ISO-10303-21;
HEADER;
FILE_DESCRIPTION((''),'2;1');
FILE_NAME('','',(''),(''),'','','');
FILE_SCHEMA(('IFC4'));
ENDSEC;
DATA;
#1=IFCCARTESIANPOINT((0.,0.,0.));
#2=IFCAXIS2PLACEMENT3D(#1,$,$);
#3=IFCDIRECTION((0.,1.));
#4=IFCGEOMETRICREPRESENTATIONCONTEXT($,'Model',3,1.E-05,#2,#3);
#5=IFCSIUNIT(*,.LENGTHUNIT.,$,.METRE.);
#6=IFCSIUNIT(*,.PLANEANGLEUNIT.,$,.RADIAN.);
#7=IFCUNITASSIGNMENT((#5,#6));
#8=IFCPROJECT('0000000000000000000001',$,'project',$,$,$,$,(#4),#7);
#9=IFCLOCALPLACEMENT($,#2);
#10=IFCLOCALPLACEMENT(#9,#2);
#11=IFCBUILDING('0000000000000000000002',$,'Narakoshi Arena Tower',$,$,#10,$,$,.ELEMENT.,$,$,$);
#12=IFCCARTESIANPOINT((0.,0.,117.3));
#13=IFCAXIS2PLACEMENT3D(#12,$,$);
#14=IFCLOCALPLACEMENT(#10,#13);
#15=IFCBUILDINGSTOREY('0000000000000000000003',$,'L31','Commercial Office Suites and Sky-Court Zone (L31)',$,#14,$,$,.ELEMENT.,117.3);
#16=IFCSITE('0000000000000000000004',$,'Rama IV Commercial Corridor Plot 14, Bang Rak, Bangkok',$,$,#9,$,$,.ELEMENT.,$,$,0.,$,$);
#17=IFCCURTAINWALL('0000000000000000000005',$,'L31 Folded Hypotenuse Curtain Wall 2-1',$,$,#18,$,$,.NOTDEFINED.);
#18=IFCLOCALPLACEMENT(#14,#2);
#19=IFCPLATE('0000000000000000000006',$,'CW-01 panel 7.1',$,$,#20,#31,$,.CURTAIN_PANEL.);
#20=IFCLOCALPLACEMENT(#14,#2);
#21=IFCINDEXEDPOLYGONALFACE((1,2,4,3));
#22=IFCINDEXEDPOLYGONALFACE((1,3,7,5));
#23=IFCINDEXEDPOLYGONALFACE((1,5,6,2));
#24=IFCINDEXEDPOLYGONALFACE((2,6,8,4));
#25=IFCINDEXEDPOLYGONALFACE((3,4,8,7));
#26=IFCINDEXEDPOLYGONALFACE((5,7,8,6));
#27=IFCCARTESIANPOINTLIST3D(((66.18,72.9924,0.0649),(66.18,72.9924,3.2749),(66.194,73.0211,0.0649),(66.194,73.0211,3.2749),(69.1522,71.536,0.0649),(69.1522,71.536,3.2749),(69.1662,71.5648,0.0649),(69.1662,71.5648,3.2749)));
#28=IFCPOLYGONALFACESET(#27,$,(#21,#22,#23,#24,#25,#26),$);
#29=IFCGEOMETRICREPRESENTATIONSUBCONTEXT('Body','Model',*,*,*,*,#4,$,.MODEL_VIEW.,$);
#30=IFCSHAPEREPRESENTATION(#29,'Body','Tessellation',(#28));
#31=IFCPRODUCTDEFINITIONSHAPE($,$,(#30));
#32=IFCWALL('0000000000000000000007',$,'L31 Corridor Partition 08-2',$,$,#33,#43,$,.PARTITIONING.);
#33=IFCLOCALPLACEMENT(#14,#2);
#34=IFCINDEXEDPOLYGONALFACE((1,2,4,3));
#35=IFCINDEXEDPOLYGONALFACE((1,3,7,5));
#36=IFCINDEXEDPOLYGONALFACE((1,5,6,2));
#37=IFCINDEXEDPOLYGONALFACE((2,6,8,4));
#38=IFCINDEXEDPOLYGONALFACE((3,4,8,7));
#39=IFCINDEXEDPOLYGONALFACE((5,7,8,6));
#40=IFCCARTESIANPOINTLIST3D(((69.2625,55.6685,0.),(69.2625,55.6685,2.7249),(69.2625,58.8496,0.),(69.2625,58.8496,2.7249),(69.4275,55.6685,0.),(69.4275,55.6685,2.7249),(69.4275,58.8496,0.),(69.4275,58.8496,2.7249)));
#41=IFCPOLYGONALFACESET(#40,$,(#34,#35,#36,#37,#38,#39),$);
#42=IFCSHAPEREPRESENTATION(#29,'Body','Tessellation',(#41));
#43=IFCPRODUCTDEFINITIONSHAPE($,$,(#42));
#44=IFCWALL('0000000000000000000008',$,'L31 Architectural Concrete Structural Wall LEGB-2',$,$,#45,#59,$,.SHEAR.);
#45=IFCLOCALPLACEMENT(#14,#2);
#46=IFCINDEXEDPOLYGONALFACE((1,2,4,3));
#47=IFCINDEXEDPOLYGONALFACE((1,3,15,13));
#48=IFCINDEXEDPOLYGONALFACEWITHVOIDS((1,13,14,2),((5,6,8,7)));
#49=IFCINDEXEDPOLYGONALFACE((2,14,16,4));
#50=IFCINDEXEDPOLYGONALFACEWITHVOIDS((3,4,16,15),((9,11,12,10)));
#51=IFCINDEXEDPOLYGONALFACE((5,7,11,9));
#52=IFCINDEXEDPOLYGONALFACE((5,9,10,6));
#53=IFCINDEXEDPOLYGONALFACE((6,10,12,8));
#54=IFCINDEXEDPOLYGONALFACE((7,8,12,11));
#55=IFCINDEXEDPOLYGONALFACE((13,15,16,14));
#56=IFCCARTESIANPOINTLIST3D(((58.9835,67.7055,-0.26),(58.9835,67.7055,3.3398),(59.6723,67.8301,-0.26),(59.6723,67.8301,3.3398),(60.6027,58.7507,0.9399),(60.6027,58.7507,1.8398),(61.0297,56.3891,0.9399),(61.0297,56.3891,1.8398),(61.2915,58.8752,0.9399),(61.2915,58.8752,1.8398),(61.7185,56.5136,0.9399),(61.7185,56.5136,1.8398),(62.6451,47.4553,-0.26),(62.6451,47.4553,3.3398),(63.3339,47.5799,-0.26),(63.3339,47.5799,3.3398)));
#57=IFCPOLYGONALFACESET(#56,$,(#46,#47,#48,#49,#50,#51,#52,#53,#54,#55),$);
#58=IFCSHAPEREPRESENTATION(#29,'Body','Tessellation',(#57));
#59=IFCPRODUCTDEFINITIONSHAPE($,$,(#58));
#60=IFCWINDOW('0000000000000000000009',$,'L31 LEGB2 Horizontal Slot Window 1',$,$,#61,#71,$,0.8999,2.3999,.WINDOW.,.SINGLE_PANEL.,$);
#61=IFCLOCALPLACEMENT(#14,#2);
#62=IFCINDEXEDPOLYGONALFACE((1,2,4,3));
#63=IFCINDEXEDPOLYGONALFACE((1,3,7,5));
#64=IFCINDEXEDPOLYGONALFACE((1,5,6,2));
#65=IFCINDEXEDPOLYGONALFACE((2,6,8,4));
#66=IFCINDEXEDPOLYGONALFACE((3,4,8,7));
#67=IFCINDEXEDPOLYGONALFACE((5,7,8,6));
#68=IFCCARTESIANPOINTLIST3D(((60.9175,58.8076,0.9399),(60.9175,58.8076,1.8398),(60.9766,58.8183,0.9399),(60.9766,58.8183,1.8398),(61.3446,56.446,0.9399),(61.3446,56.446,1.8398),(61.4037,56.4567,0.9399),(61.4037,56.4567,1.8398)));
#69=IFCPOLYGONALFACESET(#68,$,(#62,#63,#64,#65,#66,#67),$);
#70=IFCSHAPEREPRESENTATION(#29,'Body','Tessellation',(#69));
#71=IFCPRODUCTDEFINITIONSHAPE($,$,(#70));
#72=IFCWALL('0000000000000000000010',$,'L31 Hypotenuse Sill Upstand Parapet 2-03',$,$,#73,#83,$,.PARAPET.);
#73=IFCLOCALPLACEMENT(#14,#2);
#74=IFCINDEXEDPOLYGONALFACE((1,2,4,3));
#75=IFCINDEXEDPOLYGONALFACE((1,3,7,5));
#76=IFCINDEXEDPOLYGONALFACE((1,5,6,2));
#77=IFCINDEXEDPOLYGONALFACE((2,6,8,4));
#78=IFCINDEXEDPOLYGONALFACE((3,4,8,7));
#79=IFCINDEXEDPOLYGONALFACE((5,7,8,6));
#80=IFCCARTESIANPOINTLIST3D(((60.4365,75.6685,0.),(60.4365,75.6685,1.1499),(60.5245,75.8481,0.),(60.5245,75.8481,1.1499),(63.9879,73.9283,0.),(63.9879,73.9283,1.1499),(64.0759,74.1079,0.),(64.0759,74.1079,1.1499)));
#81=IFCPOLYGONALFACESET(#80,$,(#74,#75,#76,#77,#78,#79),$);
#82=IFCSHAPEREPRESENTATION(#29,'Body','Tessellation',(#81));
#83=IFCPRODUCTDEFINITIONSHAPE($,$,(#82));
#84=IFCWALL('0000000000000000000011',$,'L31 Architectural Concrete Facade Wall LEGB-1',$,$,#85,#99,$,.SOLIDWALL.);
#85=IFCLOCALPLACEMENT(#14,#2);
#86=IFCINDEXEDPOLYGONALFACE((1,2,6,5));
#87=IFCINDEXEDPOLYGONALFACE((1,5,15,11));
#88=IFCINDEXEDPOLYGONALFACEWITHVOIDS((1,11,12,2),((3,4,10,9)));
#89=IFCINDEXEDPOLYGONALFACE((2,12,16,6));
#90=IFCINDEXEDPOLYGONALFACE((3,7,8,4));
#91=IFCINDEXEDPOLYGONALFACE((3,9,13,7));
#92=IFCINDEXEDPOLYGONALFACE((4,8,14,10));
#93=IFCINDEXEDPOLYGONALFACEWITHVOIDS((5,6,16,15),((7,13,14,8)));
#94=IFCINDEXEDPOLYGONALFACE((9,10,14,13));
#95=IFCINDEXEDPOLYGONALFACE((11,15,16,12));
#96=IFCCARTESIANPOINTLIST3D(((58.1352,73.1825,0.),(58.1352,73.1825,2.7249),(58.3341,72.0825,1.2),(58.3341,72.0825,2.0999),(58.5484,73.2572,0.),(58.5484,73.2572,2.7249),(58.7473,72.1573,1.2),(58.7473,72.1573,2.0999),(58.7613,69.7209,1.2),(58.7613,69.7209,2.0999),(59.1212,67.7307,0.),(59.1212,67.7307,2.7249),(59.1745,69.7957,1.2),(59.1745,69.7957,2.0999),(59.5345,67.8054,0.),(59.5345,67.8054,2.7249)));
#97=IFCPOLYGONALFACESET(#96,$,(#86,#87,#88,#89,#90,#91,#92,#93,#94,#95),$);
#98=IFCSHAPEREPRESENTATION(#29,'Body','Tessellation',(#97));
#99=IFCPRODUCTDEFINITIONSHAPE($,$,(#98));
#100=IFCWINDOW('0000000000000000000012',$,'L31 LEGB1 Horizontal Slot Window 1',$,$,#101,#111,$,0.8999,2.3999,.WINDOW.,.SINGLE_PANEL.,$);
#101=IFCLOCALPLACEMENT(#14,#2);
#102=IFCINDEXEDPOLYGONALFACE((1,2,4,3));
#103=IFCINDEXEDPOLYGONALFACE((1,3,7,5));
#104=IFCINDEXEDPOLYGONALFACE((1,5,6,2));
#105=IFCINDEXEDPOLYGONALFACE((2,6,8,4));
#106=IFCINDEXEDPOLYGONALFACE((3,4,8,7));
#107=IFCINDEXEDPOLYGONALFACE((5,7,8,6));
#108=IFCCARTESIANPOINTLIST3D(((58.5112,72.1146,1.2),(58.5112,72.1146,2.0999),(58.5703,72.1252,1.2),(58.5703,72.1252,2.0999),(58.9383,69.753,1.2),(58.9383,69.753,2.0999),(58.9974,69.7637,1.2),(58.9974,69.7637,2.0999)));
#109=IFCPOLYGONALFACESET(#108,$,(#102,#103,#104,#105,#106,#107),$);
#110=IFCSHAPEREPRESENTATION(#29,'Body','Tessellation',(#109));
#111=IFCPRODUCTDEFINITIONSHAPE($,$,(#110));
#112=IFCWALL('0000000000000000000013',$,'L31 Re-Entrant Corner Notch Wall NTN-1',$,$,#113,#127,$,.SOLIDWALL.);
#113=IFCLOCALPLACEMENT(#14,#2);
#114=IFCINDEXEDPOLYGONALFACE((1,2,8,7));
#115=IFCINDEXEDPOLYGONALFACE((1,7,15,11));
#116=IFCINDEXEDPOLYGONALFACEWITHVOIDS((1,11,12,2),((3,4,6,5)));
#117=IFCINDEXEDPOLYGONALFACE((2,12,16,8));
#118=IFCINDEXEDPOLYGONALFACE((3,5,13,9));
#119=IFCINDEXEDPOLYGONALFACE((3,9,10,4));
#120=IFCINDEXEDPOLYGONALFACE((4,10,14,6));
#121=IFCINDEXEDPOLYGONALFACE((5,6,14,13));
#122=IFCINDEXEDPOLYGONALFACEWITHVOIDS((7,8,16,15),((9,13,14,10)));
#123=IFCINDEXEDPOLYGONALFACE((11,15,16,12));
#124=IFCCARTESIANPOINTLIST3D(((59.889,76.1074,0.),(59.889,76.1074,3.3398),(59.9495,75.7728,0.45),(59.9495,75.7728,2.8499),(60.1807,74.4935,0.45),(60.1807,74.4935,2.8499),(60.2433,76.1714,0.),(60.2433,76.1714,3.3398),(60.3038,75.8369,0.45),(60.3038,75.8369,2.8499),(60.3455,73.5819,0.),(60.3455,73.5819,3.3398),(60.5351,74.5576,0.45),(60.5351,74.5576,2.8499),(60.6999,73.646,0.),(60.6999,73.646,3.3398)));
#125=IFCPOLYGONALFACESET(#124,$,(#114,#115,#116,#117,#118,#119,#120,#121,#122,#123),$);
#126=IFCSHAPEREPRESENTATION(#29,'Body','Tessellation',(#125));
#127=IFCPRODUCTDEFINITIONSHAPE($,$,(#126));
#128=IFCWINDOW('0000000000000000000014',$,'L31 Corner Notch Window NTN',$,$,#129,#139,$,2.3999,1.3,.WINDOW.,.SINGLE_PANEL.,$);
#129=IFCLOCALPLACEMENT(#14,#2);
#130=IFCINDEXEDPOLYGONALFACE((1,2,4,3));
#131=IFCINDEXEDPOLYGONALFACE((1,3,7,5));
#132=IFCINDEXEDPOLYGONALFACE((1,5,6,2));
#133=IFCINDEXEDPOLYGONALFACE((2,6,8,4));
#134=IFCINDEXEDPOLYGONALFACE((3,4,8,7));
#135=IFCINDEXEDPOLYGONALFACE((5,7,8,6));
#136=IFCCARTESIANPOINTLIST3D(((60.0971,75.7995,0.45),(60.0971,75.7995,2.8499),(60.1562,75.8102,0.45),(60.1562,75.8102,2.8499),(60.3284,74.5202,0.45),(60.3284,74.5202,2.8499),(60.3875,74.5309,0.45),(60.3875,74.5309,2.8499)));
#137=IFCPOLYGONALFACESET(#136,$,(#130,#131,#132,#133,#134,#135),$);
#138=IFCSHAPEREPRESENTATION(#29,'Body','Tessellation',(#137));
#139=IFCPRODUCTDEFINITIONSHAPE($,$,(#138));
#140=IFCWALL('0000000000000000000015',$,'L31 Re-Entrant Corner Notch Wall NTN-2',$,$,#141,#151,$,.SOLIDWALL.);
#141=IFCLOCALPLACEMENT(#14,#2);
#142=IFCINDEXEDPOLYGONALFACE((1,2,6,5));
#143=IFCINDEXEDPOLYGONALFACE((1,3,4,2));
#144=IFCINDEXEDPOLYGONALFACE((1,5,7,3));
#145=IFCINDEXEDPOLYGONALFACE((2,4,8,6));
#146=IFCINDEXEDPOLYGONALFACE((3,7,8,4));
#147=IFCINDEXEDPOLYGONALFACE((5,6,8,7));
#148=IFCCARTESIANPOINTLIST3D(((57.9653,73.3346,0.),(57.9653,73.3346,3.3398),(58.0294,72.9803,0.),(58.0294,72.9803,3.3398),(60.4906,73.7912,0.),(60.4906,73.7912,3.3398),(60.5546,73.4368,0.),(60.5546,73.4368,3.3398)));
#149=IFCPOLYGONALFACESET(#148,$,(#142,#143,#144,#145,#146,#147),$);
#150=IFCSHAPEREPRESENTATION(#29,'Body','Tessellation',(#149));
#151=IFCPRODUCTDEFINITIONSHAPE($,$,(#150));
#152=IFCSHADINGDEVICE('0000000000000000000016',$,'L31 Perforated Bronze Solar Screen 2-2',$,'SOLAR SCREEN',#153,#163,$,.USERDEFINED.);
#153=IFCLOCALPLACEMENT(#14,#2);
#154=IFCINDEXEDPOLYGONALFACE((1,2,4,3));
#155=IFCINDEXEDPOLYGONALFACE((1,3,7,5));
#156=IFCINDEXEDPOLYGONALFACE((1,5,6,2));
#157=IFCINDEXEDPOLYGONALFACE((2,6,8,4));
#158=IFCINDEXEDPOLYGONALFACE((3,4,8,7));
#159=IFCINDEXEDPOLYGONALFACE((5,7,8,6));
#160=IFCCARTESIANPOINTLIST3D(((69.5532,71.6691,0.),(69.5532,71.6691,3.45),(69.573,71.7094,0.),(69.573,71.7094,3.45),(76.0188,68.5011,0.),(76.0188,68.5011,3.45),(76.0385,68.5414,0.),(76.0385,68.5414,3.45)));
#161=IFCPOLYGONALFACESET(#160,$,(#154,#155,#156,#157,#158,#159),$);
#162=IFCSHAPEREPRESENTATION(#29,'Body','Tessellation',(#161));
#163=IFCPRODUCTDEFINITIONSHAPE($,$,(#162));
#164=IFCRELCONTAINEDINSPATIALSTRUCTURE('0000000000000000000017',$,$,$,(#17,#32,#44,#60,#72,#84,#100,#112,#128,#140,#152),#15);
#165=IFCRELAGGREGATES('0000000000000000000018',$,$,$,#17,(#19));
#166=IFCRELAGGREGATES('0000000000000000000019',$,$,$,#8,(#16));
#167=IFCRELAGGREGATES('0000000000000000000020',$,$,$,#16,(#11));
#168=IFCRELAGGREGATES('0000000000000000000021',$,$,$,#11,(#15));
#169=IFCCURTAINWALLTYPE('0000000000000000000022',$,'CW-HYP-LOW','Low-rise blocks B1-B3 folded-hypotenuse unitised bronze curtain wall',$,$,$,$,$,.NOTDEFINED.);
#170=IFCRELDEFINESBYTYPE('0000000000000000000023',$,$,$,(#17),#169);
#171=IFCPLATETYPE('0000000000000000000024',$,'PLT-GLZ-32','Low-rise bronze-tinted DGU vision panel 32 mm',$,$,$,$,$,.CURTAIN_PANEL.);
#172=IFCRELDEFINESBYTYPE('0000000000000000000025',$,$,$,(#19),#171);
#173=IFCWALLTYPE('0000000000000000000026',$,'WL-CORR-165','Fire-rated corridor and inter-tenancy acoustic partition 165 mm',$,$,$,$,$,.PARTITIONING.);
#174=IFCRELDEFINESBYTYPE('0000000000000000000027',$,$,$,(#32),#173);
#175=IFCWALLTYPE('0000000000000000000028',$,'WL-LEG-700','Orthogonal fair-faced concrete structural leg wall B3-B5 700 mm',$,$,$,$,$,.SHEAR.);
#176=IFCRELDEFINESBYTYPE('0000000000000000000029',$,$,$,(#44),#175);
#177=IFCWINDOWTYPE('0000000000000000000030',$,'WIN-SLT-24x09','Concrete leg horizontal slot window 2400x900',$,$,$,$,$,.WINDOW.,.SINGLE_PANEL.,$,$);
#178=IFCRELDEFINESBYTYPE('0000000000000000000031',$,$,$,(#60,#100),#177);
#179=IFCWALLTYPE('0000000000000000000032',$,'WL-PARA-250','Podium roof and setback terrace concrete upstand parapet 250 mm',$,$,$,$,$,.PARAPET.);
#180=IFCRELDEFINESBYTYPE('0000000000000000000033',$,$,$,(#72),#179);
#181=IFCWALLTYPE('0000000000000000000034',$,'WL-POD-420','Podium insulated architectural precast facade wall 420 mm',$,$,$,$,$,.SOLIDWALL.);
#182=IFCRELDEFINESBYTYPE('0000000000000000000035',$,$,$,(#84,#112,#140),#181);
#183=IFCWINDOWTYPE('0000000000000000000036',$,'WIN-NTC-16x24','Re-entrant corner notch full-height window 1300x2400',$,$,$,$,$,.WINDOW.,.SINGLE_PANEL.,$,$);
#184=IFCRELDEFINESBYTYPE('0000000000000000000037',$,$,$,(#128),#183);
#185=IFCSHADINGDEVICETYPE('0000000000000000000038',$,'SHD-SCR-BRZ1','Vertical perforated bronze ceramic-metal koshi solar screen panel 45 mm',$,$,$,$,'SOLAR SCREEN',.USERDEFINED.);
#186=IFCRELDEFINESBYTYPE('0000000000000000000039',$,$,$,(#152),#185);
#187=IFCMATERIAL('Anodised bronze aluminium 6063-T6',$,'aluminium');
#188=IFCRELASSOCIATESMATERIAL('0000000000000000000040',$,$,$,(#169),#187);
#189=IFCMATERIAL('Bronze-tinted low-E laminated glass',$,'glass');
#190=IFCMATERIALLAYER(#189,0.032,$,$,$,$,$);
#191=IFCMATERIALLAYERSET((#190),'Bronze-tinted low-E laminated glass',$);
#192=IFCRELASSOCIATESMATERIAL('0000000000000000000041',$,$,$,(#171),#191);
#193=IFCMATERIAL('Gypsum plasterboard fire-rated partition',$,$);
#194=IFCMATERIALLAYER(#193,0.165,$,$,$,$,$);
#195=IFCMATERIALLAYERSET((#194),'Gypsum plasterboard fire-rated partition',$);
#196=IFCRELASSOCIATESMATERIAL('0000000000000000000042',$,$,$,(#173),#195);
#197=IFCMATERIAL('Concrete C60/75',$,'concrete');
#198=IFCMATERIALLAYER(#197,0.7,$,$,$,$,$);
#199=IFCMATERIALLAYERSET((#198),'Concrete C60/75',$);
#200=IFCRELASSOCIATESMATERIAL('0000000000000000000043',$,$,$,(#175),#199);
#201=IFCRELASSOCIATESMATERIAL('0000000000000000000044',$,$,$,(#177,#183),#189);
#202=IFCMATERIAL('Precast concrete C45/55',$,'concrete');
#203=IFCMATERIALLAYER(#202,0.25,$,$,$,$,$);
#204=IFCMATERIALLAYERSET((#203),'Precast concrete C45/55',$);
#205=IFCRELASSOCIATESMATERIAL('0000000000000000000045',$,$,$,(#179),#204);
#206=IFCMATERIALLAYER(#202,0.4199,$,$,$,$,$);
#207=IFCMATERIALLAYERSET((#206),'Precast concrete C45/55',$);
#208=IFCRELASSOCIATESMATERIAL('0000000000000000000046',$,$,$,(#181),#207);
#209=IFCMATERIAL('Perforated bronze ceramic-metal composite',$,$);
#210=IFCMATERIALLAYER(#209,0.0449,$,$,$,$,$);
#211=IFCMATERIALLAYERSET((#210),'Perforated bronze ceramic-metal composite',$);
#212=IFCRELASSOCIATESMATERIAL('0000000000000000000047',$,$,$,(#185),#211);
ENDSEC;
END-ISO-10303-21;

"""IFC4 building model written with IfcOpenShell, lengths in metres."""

from ifc_helpers import new_model, si_unit, direction, frame, frame_2d, origin, origin_2d, place, context, subcontext, project, spatial, rectangle, extrude, material, layer, layer_set, type_object, element, fill, aggregate, save


model = new_model("IFC4")

# Units and contexts
model_context = context("Model", 3, precision=1e-05, world=origin(), true_north=direction((0.0, 1.0)))
body_context = subcontext(model_context, "Body", "Model", "MODEL_VIEW")
ifc_project = project(units=[si_unit("LENGTHUNIT", "METRE"), si_unit("PLANEANGLEUNIT", "RADIAN")], contexts=[model_context])

# Site, building, storey
site_placement = place(None, origin())
site = spatial("IfcSite", under=ifc_project, at=site_placement, Name="Rama IV Commercial Corridor Plot 14, Bang Rak, Bangkok", CompositionType="ELEMENT", RefElevation=0.0)
building_placement = place(site_placement, origin())
building = spatial("IfcBuilding", under=site, at=building_placement, Name="Narakoshi Arena Tower", CompositionType="ELEMENT")
storey_placement = place(building_placement, frame((0.0, 0.0, 117.3)))
storey = spatial("IfcBuildingStorey", under=building, at=storey_placement, Name="L31", Description="Commercial Office Suites and Sky-Court Zone (L31)", CompositionType="ELEMENT", Elevation=117.3)

# Shared definitions
ifc_material_1 = material(Name="Concrete C60/75", Category="concrete")

# Curtain wall, plate
ifc_material_2 = material(Name="Anodised bronze aluminium 6063-T6", Category="aluminium")
curtain_wall_type = type_object("IfcCurtainWallType", Name="CW-HYP-LOW", Description="Low-rise blocks B1-B3 folded-hypotenuse unitised bronze curtain wall", PredefinedType="NOTDEFINED", material=ifc_material_2)
curtain_wall_placement = place(storey_placement, origin())
curtain_wall = element("IfcCurtainWall", 1, at=curtain_wall_placement, inside=storey, type_object=curtain_wall_type, Name="L31 Folded Hypotenuse Curtain Wall 2-1", PredefinedType="NOTDEFINED")
ifc_material_3 = material(Name="Bronze-tinted low-E laminated glass", Category="glass")
ifc_layer_1 = layer(ifc_material_3, 0.032)
ifc_layer_set_1 = layer_set([ifc_layer_1], Name="Bronze-tinted low-E laminated glass")
plate_type = type_object("IfcPlateType", Name="PLT-GLZ-32", Description="Low-rise bronze-tinted DGU vision panel 32 mm", PredefinedType="CURTAIN_PANEL", material=ifc_layer_set_1)
plate_1_placement = place(storey_placement, frame((67.6731, 72.2786, 0.0649), z_axis=(0.0, 0.0, 1.0), x_axis=(-0.897996, 0.440005, 0.0)))
plate_1 = element("IfcPlate", 2, at=plate_1_placement, type_object=plate_type, Name="CW-01 panel 7.1", PredefinedType="CURTAIN_PANEL", context=body_context, shape_type="SweptSolid", body=[
    extrude(rectangle(XDim=3.3098, YDim=0.032, at=origin_2d()), origin(), (0.0, 0.0, 1.0), 3.21),
])
aggregate(curtain_wall, [plate_1])

# Wall
ifc_material_4 = material(Name="Gypsum plasterboard fire-rated partition")
ifc_layer_2 = layer(ifc_material_4, 0.165)
ifc_layer_set_2 = layer_set([ifc_layer_2], Name="Gypsum plasterboard fire-rated partition")
wall_type_1 = type_object("IfcWallType", Name="WL-CORR-165", Description="Fire-rated corridor and inter-tenancy acoustic partition 165 mm", PredefinedType="PARTITIONING", material=ifc_layer_set_2)
wall_1_placement = place(storey_placement, frame((69.345, 58.8496, 0.0), z_axis=(0.0, 0.0, 1.0), x_axis=(0.0, -1.0, 0.0)))
element("IfcWall", 3, at=wall_1_placement, inside=storey, type_object=wall_type_1, Name="L31 Corridor Partition 08-2", PredefinedType="PARTITIONING", context=body_context, shape_type="SweptSolid", body=[
    extrude(rectangle(XDim=3.1812, YDim=0.165, at=frame_2d((1.5906, 0.0))), origin(), (0.0, 0.0, 1.0), 2.7249),
])

# Wall, opening, window
ifc_layer_3 = layer(ifc_material_1, 0.7)
ifc_layer_set_3 = layer_set([ifc_layer_3], Name="Concrete C60/75")
wall_type_2 = type_object("IfcWallType", Name="WL-LEG-700", Description="Orthogonal fair-faced concrete structural leg wall B3-B5 700 mm", PredefinedType="SHEAR", material=ifc_layer_set_3)
wall_2_placement = place(storey_placement, frame((59.3279, 67.7678, -0.26), z_axis=(0.0, 0.0, 1.0), x_axis=(0.177933, -0.984043, 0.0)))
wall_2 = element("IfcWall", 4, at=wall_2_placement, inside=storey, type_object=wall_type_2, Name="L31 Architectural Concrete Structural Wall LEGB-2", PredefinedType="SHEAR", context=body_context, shape_type="SweptSolid", body=[
    extrude(rectangle(XDim=20.5786, YDim=0.7, at=frame_2d((10.2893, 0.0))), origin(), (0.0, 0.0, 1.0), 3.5999),
])
opening_1_placement = place(wall_2_placement, frame((9.1001, 0.0, 1.2)))
opening_1 = element("IfcOpeningElement", 5, at=opening_1_placement, cuts=wall_2, PredefinedType="OPENING", context=body_context, shape_type="SweptSolid", body=[
    extrude(rectangle(XDim=2.3999, YDim=0.8999, at=frame_2d((1.2, 0.45))), frame((0.0, 0.3599, 0.0), z_axis=(0.0, -1.0, 0.0), x_axis=(1.0, 0.0, 0.0)), (0.0, 0.0, 1.0), 0.72),
])
window_type_1 = type_object("IfcWindowType", Name="WIN-SLT-24x09", Description="Concrete leg horizontal slot window 2400x900", PartitioningType="SINGLE_PANEL", PredefinedType="WINDOW", material=ifc_material_3)
window_1_placement = place(opening_1_placement, origin())
window_1 = element("IfcWindow", 6, at=window_1_placement, inside=storey, type_object=window_type_1, Name="L31 LEGB2 Horizontal Slot Window 1", OverallHeight=0.8999, OverallWidth=2.3999, PartitioningType="SINGLE_PANEL", PredefinedType="WINDOW", context=body_context, shape_type="SweptSolid", body=[
    extrude(rectangle(XDim=2.3999, YDim=0.8999, at=frame_2d((1.2, 0.45))), frame((0.0, 0.03, 0.0), z_axis=(0.0, -1.0, 0.0), x_axis=(1.0, 0.0, 0.0)), (0.0, 0.0, 1.0), 0.0601),
])
fill(opening_1, window_1)

# Wall
ifc_material_5 = material(Name="Precast concrete C45/55", Category="concrete")
ifc_layer_4 = layer(ifc_material_5, 0.25)
ifc_layer_set_4 = layer_set([ifc_layer_4], Name="Precast concrete C45/55")
wall_type_3 = type_object("IfcWallType", Name="WL-PARA-250", Description="Podium roof and setback terrace concrete upstand parapet 250 mm", PredefinedType="PARAPET", material=ifc_layer_set_4)
wall_3_placement = place(storey_placement, frame((64.032, 74.0181, 0.0), z_axis=(0.0, 0.0, 1.0), x_axis=(-0.897991, 0.440014, 0.0)))
element("IfcWall", 7, at=wall_3_placement, inside=storey, type_object=wall_type_3, Name="L31 Hypotenuse Sill Upstand Parapet 2-03", PredefinedType="PARAPET", context=body_context, shape_type="SweptSolid", body=[
    extrude(rectangle(XDim=3.9548, YDim=0.2, at=frame_2d((1.9775, 0.0))), origin(), (0.0, 0.0, 1.0), 1.1499),
])

# Walls, openings, windows
ifc_layer_5 = layer(ifc_material_5, 0.4199)
ifc_layer_set_5 = layer_set([ifc_layer_5], Name="Precast concrete C45/55")
wall_type_4 = type_object("IfcWallType", Name="WL-POD-420", Description="Podium insulated architectural precast facade wall 420 mm", PredefinedType="SOLIDWALL", material=ifc_layer_set_5)
wall_4_placement = place(storey_placement, frame((58.3418, 73.2197, 0.0), z_axis=(0.0, 0.0, 1.0), x_axis=(0.177982, -0.984034, 0.0)))
wall_4 = element("IfcWall", 8, at=wall_4_placement, inside=storey, type_object=wall_type_4, Name="L31 Architectural Concrete Facade Wall LEGB-1", PredefinedType="SOLIDWALL", context=body_context, shape_type="SweptSolid", body=[
    extrude(rectangle(XDim=5.5403, YDim=0.4199, at=frame_2d((2.77, 0.0))), origin(), (0.0, 0.0, 1.0), 2.7249),
])
opening_2_placement = place(wall_4_placement, frame((1.1177, 0.0, 1.2)))
opening_2 = element("IfcOpeningElement", 9, at=opening_2_placement, cuts=wall_4, PredefinedType="OPENING", context=body_context, shape_type="SweptSolid", body=[
    extrude(rectangle(XDim=2.3999, YDim=0.8999, at=frame_2d((1.2, 0.45))), frame((0.0, 0.22, 0.0), z_axis=(0.0, -1.0, 0.0), x_axis=(1.0, 0.0, 0.0)), (0.0, 0.0, 1.0), 0.4399),
])
window_2_placement = place(opening_2_placement, origin())
window_2 = element("IfcWindow", 10, at=window_2_placement, inside=storey, type_object=window_type_1, Name="L31 LEGB1 Horizontal Slot Window 1", OverallHeight=0.8999, OverallWidth=2.3999, PartitioningType="SINGLE_PANEL", PredefinedType="WINDOW", context=body_context, shape_type="SweptSolid", body=[
    extrude(rectangle(XDim=2.3999, YDim=0.8999, at=frame_2d((1.2, 0.45))), frame((0.0, 0.03, 0.0), z_axis=(0.0, -1.0, 0.0), x_axis=(1.0, 0.0, 0.0)), (0.0, 0.0, 1.0), 0.0601),
])
fill(opening_2, window_2)
wall_5_placement = place(storey_placement, frame((60.0662, 76.1394, 0.0), z_axis=(0.0, 0.0, 1.0), x_axis=(0.177897, -0.984049, 0.0)))
wall_5 = element("IfcWall", 11, at=wall_5_placement, inside=storey, type_object=wall_type_4, Name="L31 Re-Entrant Corner Notch Wall NTN-1", PredefinedType="SOLIDWALL", context=body_context, shape_type="SweptSolid", body=[
    extrude(rectangle(XDim=2.5664, YDim=0.3601, at=frame_2d((1.2832, 0.0))), origin(), (0.0, 0.0, 1.0), 3.3398),
])
opening_3_placement = place(wall_5_placement, frame((0.3401, 0.0, 0.45)))
opening_3 = element("IfcOpeningElement", 12, at=opening_3_placement, cuts=wall_5, PredefinedType="OPENING", context=body_context, shape_type="SweptSolid", body=[
    extrude(rectangle(XDim=1.3, YDim=2.3999, at=frame_2d((0.6499, 1.2))), frame((0.0, 0.1899, 0.0), z_axis=(0.0, -1.0, 0.0), x_axis=(1.0, 0.0, 0.0)), (0.0, 0.0, 1.0), 0.3801),
])
window_type_2 = type_object("IfcWindowType", Name="WIN-NTC-16x24", Description="Re-entrant corner notch full-height window 1300x2400", PartitioningType="SINGLE_PANEL", PredefinedType="WINDOW", material=ifc_material_3)
window_3_placement = place(opening_3_placement, origin())
window_3 = element("IfcWindow", 13, at=window_3_placement, inside=storey, type_object=window_type_2, Name="L31 Corner Notch Window NTN", OverallHeight=2.3999, OverallWidth=1.3, PartitioningType="SINGLE_PANEL", PredefinedType="WINDOW", context=body_context, shape_type="SweptSolid", body=[
    extrude(rectangle(XDim=1.3, YDim=2.3999, at=frame_2d((0.6499, 1.2))), frame((0.0, 0.03, 0.0), z_axis=(0.0, -1.0, 0.0), x_axis=(1.0, 0.0, 0.0)), (0.0, 0.0, 1.0), 0.0601),
])
fill(opening_3, window_3)

# Wall
wall_6_placement = place(storey_placement, frame((60.5227, 73.614, 0.0), z_axis=(0.0, 0.0, 1.0), x_axis=(-0.984046, -0.177914, 0.0)))
element("IfcWall", 14, at=wall_6_placement, inside=storey, type_object=wall_type_4, Name="L31 Re-Entrant Corner Notch Wall NTN-2", PredefinedType="SOLIDWALL", context=body_context, shape_type="SweptSolid", body=[
    extrude(rectangle(XDim=2.5662, YDim=0.3601, at=frame_2d((1.2832, 0.0))), origin(), (0.0, 0.0, 1.0), 3.3398),
])

# Shading device
ifc_material_6 = material(Name="Perforated bronze ceramic-metal composite")
ifc_layer_6 = layer(ifc_material_6, 0.0449)
ifc_layer_set_6 = layer_set([ifc_layer_6], Name="Perforated bronze ceramic-metal composite")
shading_device_type = type_object("IfcShadingDeviceType", Name="SHD-SCR-BRZ1", Description="Vertical perforated bronze ceramic-metal koshi solar screen panel 45 mm", ElementType="SOLAR SCREEN", PredefinedType="USERDEFINED", material=ifc_layer_set_6)
shading_device_placement = place(storey_placement, frame((72.7959, 70.1052, 0.0), z_axis=(0.0, 0.0, 1.0), x_axis=(-0.897997, 0.440002, 0.0)))
element("IfcShadingDevice", 15, at=shading_device_placement, inside=storey, type_object=shading_device_type, Name="L31 Perforated Bronze Solar Screen 2-2", ObjectType="SOLAR SCREEN", PredefinedType="USERDEFINED", context=body_context, shape_type="SweptSolid", body=[
    extrude(rectangle(XDim=7.2, YDim=0.0449, at=origin_2d()), origin(), (0.0, 0.0, 1.0), 3.45),
])

save(model, "model.ifc")
